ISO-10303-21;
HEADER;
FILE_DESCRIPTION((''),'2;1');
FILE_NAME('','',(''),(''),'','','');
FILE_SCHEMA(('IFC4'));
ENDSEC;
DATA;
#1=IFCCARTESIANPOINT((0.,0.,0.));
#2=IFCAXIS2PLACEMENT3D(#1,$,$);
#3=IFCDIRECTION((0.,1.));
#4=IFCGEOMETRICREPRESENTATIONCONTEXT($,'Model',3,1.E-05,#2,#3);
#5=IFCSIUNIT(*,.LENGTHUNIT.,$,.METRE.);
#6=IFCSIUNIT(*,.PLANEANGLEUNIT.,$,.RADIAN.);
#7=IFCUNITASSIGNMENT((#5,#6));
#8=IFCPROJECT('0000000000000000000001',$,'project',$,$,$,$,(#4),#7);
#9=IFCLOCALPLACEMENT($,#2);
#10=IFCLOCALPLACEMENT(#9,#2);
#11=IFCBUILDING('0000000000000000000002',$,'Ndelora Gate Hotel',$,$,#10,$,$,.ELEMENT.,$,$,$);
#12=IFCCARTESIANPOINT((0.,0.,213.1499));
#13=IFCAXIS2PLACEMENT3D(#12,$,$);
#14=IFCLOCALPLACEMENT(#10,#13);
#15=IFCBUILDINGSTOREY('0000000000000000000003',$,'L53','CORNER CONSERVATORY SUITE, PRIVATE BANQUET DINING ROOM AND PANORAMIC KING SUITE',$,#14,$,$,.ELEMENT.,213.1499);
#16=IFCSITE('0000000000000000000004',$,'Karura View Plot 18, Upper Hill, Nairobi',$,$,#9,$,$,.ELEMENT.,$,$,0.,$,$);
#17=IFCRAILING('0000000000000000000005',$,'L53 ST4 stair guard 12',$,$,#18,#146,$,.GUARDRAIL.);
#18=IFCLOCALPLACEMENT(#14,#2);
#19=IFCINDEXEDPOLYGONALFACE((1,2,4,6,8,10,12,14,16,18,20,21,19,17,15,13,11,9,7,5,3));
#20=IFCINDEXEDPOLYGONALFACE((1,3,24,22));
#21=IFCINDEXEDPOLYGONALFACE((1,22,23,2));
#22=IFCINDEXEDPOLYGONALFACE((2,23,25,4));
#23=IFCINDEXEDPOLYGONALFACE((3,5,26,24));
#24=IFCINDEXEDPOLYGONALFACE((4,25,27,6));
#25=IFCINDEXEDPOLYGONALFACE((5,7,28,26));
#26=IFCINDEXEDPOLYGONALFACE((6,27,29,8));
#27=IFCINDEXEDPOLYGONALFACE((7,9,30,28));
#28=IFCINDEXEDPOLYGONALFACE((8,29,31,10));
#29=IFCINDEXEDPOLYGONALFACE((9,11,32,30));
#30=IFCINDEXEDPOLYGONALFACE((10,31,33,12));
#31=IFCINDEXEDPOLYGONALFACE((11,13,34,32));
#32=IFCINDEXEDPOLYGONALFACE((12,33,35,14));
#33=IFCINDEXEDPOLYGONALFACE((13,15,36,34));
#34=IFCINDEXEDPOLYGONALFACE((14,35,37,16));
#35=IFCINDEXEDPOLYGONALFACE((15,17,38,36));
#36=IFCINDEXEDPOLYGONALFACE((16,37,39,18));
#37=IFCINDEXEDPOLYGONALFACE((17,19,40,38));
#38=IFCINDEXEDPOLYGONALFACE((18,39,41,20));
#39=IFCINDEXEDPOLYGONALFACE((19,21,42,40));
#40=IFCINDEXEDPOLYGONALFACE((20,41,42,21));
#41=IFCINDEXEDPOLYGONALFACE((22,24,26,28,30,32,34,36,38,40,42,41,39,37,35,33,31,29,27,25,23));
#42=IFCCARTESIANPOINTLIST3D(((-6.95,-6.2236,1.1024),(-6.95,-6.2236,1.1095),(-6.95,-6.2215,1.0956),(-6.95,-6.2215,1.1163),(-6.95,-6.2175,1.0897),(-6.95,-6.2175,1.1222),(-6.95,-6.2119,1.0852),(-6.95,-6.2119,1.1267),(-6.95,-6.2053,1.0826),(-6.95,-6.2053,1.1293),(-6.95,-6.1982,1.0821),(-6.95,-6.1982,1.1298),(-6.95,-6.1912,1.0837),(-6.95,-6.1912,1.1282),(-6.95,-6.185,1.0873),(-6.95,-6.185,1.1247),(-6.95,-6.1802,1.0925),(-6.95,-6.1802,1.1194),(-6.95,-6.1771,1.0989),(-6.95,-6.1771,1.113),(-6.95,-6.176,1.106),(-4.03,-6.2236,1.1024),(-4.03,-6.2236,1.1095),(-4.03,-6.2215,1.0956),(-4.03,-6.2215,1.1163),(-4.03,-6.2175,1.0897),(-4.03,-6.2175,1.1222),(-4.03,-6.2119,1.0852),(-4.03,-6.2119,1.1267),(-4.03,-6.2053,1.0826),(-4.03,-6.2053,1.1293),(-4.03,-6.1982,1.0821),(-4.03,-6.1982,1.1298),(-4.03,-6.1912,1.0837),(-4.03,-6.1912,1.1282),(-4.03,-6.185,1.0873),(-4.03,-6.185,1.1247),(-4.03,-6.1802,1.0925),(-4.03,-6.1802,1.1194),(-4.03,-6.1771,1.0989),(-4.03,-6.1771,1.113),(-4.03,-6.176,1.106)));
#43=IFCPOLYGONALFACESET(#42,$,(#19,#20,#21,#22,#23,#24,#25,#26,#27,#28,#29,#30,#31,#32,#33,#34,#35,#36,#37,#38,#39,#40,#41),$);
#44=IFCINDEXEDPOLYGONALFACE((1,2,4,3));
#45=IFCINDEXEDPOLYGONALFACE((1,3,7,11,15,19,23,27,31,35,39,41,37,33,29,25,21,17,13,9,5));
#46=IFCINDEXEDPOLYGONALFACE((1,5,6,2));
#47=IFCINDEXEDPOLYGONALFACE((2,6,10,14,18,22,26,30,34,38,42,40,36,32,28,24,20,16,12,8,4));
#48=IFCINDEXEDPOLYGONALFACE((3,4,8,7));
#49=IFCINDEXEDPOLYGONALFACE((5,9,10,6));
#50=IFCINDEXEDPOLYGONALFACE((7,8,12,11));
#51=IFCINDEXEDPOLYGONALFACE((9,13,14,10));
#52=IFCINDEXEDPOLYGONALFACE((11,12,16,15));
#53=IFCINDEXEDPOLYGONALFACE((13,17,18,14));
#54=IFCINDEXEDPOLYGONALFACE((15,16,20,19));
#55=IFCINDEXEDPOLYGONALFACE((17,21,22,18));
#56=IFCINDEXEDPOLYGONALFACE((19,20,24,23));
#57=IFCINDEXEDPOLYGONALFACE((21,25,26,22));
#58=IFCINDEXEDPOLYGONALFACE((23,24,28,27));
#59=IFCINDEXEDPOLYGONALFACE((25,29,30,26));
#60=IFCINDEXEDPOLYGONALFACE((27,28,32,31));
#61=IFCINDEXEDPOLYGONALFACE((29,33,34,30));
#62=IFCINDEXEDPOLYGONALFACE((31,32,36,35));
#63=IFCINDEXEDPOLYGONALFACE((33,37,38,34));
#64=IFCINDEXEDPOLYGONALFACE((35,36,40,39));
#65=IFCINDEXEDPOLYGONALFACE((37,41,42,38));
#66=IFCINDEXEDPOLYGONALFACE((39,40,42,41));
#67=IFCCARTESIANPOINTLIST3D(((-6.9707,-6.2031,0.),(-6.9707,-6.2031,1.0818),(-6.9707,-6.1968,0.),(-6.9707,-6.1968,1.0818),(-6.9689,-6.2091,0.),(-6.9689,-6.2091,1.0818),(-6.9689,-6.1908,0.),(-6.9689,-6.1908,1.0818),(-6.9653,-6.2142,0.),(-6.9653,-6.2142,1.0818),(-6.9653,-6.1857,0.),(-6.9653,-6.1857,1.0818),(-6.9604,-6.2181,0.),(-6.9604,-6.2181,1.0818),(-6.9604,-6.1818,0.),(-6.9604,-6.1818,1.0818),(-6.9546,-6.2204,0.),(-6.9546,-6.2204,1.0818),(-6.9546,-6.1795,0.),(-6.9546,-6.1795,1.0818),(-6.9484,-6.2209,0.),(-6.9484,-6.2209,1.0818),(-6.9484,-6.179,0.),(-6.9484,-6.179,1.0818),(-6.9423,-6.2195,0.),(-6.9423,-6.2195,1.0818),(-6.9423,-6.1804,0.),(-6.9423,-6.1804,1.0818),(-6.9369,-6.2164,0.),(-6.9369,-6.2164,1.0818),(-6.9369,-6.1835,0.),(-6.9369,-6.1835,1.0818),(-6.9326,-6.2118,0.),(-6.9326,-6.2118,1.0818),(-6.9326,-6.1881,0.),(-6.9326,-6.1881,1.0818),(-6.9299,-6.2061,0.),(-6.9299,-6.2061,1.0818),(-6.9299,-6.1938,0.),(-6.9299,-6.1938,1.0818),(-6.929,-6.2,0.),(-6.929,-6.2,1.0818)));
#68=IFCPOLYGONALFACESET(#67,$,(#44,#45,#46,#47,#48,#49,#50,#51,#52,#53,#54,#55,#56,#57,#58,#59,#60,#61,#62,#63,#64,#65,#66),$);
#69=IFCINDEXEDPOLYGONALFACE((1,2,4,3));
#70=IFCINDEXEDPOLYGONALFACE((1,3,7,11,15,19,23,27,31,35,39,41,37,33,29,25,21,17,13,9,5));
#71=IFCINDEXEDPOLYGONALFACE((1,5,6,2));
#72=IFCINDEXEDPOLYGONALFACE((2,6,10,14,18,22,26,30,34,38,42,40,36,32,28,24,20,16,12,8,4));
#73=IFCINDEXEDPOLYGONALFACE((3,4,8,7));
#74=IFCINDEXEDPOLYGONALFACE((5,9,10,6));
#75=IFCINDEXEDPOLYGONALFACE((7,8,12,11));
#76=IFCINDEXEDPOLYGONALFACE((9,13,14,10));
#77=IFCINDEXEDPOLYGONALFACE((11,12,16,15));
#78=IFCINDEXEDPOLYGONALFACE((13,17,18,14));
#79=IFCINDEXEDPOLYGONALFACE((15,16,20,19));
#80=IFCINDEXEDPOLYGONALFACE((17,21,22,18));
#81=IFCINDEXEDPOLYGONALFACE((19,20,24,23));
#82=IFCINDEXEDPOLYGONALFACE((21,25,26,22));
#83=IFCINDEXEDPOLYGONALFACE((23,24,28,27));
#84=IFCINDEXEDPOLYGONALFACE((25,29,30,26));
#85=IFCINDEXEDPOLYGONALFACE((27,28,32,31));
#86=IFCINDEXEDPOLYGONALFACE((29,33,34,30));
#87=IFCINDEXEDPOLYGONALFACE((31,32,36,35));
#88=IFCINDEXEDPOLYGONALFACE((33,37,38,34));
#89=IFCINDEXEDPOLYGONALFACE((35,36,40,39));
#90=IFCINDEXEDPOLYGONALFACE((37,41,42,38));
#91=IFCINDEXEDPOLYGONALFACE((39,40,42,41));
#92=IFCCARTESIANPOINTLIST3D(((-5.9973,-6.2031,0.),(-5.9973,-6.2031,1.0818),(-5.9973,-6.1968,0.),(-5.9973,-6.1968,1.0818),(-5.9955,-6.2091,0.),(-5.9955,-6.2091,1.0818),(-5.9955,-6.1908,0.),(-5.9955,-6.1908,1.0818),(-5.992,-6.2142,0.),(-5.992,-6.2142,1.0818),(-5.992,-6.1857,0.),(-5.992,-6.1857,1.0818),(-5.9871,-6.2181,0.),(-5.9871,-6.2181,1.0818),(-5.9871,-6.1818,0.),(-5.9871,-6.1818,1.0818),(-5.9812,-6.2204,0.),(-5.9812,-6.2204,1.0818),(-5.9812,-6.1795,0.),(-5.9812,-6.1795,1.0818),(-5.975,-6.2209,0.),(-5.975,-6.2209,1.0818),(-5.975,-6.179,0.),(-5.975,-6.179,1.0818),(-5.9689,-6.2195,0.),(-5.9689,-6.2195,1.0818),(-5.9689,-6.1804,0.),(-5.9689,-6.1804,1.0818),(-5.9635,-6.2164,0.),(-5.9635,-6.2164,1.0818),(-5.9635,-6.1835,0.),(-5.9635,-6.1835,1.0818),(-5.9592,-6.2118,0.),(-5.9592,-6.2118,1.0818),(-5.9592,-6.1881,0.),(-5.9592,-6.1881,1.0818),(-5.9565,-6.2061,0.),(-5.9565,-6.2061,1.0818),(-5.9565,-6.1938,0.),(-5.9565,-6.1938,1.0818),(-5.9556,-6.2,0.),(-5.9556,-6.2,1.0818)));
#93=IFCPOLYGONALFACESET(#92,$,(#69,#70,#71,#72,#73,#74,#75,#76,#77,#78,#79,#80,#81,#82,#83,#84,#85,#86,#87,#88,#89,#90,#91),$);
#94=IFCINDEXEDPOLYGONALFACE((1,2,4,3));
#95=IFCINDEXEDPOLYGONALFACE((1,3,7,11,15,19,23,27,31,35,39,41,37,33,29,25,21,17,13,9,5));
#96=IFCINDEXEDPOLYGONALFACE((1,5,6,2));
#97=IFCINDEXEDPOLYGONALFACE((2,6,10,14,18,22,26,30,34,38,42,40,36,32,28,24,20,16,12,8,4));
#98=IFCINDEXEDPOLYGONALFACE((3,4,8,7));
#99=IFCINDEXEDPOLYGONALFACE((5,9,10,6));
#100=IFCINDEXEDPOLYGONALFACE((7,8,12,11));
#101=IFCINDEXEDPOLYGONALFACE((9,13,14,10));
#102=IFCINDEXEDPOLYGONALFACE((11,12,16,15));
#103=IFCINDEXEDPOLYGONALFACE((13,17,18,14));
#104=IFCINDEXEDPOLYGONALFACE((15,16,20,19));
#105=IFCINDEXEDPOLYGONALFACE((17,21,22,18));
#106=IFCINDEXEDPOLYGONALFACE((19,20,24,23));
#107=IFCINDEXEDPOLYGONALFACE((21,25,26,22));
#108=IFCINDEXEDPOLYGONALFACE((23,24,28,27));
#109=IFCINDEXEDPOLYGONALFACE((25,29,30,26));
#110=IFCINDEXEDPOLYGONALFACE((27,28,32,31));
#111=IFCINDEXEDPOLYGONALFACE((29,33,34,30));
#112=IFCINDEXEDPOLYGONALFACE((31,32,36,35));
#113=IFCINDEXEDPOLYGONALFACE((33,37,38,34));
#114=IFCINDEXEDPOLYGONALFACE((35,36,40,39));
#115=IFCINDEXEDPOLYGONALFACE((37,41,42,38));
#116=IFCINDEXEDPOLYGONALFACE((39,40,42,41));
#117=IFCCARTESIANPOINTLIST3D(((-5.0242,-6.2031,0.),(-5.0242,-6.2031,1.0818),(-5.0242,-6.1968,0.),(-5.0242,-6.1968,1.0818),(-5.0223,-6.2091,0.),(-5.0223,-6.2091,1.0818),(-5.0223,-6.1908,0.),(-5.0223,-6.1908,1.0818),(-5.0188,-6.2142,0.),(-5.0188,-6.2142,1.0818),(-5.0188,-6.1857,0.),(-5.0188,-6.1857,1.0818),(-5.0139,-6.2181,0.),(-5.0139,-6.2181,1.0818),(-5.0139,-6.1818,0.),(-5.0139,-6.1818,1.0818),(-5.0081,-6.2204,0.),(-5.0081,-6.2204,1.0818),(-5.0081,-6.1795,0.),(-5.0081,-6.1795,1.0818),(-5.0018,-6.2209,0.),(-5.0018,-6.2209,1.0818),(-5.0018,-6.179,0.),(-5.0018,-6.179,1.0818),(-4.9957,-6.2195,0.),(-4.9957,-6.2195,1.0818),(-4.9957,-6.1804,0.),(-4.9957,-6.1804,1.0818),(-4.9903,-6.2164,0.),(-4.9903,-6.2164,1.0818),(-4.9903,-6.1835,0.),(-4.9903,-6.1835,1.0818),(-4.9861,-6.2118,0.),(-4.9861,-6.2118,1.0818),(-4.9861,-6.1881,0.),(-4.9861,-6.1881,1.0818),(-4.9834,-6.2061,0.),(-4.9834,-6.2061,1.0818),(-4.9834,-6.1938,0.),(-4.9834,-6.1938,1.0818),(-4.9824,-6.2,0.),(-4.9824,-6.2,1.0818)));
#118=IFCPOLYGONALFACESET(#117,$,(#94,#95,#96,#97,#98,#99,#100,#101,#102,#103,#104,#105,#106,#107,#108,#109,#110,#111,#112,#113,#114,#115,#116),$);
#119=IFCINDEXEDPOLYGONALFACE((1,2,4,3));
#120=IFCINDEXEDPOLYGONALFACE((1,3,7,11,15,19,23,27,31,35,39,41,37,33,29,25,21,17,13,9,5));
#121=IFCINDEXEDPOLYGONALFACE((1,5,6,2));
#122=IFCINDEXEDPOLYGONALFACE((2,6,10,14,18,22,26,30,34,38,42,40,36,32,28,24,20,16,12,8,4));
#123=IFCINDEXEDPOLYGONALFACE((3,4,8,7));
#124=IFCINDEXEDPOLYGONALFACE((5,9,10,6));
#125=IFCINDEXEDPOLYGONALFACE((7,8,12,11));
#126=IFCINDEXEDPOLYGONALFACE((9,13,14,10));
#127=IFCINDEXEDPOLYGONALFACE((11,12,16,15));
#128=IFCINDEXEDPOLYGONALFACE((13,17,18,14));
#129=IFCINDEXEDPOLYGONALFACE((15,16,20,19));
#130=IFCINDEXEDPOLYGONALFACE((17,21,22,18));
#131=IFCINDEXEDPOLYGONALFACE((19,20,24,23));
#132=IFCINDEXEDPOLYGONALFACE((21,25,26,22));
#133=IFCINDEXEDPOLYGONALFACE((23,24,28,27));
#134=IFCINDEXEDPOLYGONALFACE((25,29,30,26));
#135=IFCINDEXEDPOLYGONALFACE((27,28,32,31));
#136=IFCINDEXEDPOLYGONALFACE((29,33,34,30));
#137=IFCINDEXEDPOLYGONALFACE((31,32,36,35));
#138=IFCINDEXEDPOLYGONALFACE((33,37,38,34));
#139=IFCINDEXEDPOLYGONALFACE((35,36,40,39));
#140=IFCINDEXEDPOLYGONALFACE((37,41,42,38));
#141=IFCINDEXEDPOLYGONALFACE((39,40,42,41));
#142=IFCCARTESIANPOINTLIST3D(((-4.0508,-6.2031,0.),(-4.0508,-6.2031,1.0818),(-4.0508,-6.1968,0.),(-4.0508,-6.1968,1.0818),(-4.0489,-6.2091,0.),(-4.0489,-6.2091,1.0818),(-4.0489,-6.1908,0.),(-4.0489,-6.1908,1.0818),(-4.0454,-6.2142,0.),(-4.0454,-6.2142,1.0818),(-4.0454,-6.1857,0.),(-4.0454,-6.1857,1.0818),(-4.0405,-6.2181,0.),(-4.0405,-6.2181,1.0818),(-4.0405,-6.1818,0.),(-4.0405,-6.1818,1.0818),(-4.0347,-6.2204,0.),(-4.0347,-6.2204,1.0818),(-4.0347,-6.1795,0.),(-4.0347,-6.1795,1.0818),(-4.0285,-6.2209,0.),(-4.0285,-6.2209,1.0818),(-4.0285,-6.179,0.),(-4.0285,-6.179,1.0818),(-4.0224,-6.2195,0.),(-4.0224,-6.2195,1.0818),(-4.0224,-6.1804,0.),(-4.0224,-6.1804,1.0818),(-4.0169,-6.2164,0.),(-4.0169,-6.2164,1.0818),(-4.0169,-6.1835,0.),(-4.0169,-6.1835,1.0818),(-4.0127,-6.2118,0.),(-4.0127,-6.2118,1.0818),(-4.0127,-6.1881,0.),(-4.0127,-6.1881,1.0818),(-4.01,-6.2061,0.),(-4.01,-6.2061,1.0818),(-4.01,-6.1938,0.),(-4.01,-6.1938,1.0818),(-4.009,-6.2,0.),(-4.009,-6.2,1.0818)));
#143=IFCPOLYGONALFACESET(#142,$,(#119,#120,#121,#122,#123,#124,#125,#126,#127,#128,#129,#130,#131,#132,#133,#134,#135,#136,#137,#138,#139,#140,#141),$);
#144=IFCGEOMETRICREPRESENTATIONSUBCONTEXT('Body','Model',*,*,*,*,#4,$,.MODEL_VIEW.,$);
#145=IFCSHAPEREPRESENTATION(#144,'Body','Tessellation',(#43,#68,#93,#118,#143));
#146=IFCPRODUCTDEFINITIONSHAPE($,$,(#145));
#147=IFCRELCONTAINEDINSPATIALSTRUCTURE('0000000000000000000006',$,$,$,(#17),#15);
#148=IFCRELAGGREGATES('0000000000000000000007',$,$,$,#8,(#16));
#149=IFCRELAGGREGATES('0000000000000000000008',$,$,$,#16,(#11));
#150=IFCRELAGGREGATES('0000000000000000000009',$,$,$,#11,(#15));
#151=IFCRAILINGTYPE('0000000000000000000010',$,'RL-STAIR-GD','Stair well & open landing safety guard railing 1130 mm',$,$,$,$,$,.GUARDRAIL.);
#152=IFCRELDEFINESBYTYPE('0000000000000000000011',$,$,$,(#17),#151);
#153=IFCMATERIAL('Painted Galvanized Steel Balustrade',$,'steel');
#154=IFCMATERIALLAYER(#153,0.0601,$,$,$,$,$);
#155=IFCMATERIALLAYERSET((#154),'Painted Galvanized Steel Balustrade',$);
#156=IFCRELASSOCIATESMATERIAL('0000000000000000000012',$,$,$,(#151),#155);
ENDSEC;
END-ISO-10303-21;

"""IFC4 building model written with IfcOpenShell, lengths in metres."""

from ifc_helpers import new_model, si_unit, direction, frame, origin, origin_2d, place, context, subcontext, project, spatial, circle, extrude, material, layer, layer_set, type_object, element, save


model = new_model("IFC4")

# Units and contexts
model_context = context("Model", 3, precision=1e-05, world=origin(), true_north=direction((0.0, 1.0)))
body_context = subcontext(model_context, "Body", "Model", "MODEL_VIEW")
ifc_project = project(units=[si_unit("LENGTHUNIT", "METRE"), si_unit("PLANEANGLEUNIT", "RADIAN")], contexts=[model_context])

# Site, building, storey
site_placement = place(None, origin())
site = spatial("IfcSite", under=ifc_project, at=site_placement, Name="Karura View Plot 18, Upper Hill, Nairobi", CompositionType="ELEMENT", RefElevation=0.0)
building_placement = place(site_placement, origin())
building = spatial("IfcBuilding", under=site, at=building_placement, Name="Ndelora Gate Hotel", CompositionType="ELEMENT")
storey_placement = place(building_placement, frame((0.0, 0.0, 213.1499)))
storey = spatial("IfcBuildingStorey", under=building, at=storey_placement, Name="L53", Description="CORNER CONSERVATORY SUITE, PRIVATE BANQUET DINING ROOM AND PANORAMIC KING SUITE", CompositionType="ELEMENT", Elevation=213.1499)

# Railing
ifc_material_1 = material(Name="Painted Galvanized Steel Balustrade", Category="steel")
ifc_layer_1 = layer(ifc_material_1, 0.0601)
ifc_layer_set_1 = layer_set([ifc_layer_1], Name="Painted Galvanized Steel Balustrade")
railing_type_1 = type_object("IfcRailingType", Name="RL-STAIR-GD", Description="Stair well & open landing safety guard railing 1130 mm", PredefinedType="GUARDRAIL", material=ifc_layer_set_1)
railing_1_placement = place(storey_placement, frame((-6.95, -6.2, 0.0)))
element("IfcRailing", 1, at=railing_1_placement, inside=storey, type_object=railing_type_1, Name="L53 ST4 stair guard 12", PredefinedType="GUARDRAIL", context=body_context, shape_type="SweptSolid", body=[
    extrude(circle(Radius=0.0239, at=origin_2d()), frame((0.0, 0.0, 1.106), z_axis=(1.0, 0.0, 0.0), x_axis=(0.0, 1.0, 0.0)), (0.0, 0.0, 1.0), 2.9199),
    extrude(circle(Radius=0.021, at=origin_2d()), origin(), (0.0, 0.0, 1.0), 1.0818),
    extrude(circle(Radius=0.021, at=origin_2d()), frame((0.9734, 0.0, 0.0)), (0.0, 0.0, 1.0), 1.0818),
    extrude(circle(Radius=0.021, at=origin_2d()), frame((1.9465, 0.0, 0.0)), (0.0, 0.0, 1.0), 1.0818),
    extrude(circle(Radius=0.021, at=origin_2d()), frame((2.9199, 0.0, 0.0)), (0.0, 0.0, 1.0), 1.0818),
])

save(model, "model.ifc")
